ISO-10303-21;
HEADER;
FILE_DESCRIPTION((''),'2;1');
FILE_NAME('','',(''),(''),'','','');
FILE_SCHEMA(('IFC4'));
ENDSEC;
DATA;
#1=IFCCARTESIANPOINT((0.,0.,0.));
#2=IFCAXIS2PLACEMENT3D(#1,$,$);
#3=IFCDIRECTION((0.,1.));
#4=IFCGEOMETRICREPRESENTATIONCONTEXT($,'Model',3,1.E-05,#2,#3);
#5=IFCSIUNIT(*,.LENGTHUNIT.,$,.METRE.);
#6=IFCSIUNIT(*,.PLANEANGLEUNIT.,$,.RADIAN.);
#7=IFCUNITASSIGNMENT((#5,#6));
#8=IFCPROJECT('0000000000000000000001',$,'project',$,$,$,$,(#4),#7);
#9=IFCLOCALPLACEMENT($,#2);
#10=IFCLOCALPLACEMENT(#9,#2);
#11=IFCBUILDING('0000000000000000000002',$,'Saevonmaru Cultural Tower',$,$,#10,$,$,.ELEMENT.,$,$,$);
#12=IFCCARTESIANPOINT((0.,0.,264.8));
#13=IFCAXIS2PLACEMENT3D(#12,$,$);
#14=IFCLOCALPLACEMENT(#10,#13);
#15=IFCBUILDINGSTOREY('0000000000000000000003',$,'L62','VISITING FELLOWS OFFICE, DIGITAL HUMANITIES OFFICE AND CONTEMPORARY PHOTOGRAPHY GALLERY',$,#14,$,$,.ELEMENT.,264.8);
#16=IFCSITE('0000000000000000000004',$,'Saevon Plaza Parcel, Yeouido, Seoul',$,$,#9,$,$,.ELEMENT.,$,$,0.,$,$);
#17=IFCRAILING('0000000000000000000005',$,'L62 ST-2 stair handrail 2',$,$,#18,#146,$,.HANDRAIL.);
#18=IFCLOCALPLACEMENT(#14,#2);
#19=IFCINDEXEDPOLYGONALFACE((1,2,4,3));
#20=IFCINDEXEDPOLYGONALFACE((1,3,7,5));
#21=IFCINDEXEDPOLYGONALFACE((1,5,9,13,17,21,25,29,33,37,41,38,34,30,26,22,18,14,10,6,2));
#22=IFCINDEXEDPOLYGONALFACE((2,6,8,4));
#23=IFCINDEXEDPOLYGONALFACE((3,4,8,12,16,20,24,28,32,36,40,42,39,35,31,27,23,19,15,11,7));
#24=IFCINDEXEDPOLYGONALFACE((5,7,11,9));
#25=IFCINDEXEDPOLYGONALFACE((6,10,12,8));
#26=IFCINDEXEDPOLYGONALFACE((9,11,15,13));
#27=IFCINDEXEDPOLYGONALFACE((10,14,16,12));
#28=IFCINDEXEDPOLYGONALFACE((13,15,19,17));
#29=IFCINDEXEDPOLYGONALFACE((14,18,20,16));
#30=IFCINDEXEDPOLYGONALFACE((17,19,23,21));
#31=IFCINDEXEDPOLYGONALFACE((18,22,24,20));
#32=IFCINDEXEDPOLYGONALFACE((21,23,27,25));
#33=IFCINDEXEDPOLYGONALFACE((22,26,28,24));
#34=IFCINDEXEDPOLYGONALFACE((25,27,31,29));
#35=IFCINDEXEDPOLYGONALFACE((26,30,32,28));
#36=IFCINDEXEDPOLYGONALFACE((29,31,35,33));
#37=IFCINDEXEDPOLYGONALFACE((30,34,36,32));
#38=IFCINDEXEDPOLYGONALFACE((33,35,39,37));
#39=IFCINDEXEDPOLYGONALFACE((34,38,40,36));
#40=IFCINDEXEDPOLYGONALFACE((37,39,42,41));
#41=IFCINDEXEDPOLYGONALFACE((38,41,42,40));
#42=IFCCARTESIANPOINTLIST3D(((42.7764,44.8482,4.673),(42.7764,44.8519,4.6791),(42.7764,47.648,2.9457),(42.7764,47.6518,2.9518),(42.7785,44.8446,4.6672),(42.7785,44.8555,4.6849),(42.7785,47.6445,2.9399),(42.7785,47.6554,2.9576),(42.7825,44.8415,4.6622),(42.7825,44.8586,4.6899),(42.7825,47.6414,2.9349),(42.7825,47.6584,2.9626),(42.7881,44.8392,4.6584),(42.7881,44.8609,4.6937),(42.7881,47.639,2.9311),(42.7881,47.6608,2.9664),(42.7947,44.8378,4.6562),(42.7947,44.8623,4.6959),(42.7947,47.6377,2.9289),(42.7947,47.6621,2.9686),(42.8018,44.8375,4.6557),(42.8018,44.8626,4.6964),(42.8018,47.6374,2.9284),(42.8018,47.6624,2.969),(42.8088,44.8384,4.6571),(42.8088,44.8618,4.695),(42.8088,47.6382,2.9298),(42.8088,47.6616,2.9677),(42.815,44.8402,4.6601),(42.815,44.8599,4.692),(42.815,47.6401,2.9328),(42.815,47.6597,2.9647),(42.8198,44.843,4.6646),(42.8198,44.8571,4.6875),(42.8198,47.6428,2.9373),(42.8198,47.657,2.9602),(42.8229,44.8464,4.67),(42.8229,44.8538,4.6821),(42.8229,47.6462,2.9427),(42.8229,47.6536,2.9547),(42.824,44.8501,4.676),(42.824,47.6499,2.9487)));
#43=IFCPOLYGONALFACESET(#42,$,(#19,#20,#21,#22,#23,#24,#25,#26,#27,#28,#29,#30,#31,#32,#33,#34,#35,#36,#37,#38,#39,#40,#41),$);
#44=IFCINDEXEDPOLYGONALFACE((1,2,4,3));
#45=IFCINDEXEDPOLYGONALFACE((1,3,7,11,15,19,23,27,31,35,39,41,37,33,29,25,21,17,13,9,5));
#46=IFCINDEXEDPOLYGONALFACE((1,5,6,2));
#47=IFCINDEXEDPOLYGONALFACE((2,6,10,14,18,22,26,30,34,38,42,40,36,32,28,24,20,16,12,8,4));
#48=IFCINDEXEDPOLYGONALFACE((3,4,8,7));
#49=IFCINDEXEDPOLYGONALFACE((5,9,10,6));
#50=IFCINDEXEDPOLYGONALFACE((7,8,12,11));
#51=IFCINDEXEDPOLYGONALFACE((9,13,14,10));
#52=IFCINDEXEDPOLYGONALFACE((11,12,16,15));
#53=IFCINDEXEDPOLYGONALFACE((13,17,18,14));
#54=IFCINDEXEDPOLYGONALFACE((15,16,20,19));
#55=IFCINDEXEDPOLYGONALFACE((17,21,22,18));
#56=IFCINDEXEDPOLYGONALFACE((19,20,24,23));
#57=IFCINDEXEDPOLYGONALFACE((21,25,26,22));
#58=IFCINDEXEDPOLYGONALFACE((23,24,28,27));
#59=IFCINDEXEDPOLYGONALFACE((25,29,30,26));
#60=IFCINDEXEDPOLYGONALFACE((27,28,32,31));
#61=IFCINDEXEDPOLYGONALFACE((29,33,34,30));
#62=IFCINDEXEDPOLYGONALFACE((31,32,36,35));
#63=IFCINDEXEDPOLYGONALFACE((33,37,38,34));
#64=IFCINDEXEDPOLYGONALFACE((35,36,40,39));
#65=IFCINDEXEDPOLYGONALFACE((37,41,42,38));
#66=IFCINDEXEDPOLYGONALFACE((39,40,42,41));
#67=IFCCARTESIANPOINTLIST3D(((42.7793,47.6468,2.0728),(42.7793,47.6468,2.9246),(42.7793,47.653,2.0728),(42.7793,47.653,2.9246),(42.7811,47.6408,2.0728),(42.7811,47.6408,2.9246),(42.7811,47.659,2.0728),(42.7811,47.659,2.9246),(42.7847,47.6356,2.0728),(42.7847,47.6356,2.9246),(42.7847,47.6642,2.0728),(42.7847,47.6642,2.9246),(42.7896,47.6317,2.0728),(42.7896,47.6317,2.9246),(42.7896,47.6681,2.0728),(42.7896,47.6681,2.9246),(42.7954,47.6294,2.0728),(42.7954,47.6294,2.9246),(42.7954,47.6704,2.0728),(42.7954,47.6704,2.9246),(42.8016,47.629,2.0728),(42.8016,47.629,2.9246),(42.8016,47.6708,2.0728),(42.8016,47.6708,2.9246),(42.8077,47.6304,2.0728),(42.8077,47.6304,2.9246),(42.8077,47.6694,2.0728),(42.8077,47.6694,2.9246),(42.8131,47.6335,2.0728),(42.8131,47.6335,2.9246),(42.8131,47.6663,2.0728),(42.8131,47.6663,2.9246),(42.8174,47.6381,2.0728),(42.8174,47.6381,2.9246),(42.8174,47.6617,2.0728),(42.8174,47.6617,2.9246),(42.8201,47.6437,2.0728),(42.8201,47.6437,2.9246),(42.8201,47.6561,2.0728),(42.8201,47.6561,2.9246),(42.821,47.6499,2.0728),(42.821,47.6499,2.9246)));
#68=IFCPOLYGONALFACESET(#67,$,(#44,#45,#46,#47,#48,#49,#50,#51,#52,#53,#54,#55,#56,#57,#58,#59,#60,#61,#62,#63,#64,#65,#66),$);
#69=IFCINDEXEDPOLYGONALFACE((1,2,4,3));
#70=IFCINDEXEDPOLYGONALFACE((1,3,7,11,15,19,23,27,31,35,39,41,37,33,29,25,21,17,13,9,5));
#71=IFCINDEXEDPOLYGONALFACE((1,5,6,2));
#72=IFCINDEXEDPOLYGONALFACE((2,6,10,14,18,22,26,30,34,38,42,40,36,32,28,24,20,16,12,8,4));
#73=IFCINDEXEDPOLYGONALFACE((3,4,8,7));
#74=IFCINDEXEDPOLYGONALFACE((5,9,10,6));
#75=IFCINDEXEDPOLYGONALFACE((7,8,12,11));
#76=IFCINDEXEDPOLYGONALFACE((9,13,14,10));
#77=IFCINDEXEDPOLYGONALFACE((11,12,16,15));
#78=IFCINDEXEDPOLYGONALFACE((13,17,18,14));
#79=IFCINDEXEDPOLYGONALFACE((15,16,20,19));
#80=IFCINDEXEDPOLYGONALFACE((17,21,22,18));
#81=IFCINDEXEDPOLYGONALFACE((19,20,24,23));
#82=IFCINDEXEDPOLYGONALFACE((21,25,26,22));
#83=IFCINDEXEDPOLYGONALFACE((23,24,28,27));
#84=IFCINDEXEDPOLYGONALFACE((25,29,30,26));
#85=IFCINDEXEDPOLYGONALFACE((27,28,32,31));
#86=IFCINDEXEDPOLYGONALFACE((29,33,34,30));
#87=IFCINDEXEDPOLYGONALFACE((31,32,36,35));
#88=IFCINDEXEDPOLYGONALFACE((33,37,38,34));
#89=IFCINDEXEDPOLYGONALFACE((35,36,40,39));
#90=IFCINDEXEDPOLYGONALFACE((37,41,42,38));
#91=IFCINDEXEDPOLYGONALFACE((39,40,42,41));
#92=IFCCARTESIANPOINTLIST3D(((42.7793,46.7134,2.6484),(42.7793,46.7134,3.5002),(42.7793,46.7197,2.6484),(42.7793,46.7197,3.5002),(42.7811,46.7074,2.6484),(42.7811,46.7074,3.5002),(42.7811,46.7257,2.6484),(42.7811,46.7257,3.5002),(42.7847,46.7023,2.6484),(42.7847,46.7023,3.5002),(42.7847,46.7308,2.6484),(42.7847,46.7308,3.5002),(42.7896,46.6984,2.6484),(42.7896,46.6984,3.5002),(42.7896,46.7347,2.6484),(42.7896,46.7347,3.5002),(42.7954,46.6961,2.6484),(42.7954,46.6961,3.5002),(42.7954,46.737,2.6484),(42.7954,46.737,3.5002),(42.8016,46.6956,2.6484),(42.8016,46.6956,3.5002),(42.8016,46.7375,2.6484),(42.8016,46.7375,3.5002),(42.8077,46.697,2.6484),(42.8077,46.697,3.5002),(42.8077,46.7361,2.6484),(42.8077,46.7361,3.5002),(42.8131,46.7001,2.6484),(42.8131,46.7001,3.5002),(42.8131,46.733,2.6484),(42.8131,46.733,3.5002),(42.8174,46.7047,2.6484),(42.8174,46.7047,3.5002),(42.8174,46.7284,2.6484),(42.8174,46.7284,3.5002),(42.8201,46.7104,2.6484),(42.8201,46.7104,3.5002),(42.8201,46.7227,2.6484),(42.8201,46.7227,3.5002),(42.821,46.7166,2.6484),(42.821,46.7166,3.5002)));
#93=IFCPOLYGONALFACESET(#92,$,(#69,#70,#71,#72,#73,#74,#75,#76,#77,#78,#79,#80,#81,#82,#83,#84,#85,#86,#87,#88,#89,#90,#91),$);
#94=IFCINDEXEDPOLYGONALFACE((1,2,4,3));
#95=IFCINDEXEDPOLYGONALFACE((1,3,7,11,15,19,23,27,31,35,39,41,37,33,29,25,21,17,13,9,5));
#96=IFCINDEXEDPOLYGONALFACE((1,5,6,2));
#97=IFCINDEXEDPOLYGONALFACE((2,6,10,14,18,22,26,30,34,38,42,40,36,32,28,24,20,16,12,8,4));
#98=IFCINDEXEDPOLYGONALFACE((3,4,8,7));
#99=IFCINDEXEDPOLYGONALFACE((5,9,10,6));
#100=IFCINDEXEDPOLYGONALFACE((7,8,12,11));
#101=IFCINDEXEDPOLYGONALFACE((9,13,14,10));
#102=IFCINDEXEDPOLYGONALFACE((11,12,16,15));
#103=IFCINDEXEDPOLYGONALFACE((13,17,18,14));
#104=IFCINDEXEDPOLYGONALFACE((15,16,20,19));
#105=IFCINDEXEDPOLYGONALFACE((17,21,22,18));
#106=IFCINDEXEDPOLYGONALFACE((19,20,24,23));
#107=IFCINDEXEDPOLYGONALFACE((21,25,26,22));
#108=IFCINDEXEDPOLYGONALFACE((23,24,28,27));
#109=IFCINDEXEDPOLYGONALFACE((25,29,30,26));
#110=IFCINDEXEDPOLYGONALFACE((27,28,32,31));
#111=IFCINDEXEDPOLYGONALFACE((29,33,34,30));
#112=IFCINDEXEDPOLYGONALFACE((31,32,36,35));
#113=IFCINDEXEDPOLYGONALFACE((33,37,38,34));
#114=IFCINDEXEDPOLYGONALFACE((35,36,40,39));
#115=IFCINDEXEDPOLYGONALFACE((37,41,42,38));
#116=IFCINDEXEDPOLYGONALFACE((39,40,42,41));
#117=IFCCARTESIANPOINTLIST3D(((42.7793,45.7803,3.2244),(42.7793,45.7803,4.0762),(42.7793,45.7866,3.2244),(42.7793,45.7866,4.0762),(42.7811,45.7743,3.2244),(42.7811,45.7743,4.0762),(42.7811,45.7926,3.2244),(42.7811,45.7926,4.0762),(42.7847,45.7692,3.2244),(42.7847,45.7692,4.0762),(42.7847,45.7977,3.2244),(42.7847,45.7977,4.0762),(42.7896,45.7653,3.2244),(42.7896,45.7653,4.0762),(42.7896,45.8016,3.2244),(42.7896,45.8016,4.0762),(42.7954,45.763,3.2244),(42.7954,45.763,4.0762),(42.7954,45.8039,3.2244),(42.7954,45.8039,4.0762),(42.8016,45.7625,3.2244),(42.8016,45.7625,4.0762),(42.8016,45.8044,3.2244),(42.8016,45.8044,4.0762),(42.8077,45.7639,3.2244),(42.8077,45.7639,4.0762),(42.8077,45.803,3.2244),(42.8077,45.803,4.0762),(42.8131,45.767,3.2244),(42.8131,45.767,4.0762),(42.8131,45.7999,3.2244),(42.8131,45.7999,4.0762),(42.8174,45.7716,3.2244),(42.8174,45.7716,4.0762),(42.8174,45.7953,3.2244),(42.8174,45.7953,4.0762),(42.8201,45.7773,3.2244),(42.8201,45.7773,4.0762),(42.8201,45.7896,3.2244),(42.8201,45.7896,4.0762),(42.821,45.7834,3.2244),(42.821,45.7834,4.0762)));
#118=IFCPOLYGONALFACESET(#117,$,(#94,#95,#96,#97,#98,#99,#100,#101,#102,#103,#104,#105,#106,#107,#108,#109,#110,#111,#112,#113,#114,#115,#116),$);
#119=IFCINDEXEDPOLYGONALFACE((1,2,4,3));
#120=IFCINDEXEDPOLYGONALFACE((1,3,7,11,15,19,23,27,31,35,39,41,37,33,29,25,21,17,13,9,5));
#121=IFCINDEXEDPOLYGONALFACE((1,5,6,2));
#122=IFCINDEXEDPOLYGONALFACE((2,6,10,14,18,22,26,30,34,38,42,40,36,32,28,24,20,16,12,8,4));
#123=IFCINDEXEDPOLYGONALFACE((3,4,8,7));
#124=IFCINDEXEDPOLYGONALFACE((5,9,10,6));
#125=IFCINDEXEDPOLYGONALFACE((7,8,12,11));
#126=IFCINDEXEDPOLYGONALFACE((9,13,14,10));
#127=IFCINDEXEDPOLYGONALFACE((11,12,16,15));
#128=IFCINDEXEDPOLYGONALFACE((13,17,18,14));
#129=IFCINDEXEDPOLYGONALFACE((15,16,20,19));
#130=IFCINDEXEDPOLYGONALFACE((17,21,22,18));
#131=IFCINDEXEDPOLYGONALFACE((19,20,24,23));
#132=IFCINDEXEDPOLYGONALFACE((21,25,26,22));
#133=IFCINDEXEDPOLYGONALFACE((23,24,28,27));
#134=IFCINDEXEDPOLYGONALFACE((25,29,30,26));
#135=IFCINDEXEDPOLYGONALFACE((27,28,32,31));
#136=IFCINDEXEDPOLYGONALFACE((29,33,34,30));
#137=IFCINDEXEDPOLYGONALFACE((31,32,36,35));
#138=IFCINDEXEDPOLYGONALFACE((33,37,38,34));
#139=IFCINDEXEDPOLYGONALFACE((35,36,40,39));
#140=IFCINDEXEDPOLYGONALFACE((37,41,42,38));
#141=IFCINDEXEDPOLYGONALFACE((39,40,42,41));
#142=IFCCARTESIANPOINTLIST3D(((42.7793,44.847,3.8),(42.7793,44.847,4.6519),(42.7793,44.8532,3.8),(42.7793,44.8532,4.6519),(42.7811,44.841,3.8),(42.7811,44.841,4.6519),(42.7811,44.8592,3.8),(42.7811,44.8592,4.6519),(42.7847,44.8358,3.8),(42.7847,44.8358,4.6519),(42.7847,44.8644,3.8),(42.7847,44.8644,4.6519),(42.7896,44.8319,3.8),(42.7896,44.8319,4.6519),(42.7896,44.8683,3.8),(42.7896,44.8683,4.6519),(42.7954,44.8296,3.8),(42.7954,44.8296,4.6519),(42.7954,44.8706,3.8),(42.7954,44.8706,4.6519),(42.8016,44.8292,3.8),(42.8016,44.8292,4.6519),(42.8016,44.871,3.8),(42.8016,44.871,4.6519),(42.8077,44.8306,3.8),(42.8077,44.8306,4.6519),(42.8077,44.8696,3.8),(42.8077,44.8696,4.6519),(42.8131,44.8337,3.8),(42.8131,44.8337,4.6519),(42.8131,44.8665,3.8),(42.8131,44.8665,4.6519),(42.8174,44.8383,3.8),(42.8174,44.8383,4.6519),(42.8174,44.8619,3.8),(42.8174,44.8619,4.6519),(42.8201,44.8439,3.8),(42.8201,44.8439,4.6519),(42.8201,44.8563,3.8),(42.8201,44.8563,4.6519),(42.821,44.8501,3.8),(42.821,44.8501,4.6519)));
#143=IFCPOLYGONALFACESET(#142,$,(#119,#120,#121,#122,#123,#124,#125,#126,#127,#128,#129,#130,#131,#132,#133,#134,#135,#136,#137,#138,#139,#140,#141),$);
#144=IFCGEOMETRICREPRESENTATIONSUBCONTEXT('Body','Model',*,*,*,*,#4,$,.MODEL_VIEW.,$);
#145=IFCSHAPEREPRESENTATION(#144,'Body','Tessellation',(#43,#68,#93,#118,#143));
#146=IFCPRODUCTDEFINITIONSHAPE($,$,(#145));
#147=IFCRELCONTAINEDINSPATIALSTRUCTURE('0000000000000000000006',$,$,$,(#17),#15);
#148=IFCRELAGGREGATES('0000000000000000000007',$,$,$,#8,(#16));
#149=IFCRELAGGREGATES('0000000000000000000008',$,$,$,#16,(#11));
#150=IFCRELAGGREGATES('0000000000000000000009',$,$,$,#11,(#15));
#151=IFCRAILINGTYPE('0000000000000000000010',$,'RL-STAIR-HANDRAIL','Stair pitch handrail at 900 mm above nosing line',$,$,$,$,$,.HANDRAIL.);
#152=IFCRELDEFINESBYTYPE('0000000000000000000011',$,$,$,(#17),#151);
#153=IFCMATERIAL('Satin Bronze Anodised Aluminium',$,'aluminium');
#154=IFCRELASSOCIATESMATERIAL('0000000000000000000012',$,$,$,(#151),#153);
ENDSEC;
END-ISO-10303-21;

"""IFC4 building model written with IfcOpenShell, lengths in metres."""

from ifc_helpers import new_model, si_unit, direction, frame, origin, origin_2d, place, context, subcontext, project, spatial, circle, extrude, material, type_object, element, save


model = new_model("IFC4")

# Units and contexts
model_context = context("Model", 3, precision=1e-05, world=origin(), true_north=direction((0.0, 1.0)))
body_context = subcontext(model_context, "Body", "Model", "MODEL_VIEW")
ifc_project = project(units=[si_unit("LENGTHUNIT", "METRE"), si_unit("PLANEANGLEUNIT", "RADIAN")], contexts=[model_context])

# Site, building, storey
site_placement = place(None, origin())
site = spatial("IfcSite", under=ifc_project, at=site_placement, Name="Saevon Plaza Parcel, Yeouido, Seoul", CompositionType="ELEMENT", RefElevation=0.0)
building_placement = place(site_placement, origin())
building = spatial("IfcBuilding", under=site, at=building_placement, Name="Saevonmaru Cultural Tower", CompositionType="ELEMENT")
storey_placement = place(building_placement, frame((0.0, 0.0, 264.8)))
storey = spatial("IfcBuildingStorey", under=building, at=storey_placement, Name="L62", Description="VISITING FELLOWS OFFICE, DIGITAL HUMANITIES OFFICE AND CONTEMPORARY PHOTOGRAPHY GALLERY", CompositionType="ELEMENT", Elevation=264.8)

# Shared definitions
ifc_material_1 = material(Name="Satin Bronze Anodised Aluminium", Category="aluminium")

# Railing
railing_type_1 = type_object("IfcRailingType", Name="RL-STAIR-HANDRAIL", Description="Stair pitch handrail at 900 mm above nosing line", PredefinedType="HANDRAIL", material=ifc_material_1)
railing_1_placement = place(storey_placement, frame((42.8, 47.6499, 2.0728)))
element("IfcRailing", 1, at=railing_1_placement, inside=storey, type_object=railing_type_1, Name="L62 ST-2 stair handrail 2", PredefinedType="HANDRAIL", context=body_context, shape_type="SweptSolid", body=[
    extrude(circle(Radius=0.0239, at=origin_2d()), frame((0.0, 0.0, 0.876), z_axis=(0.0, -0.851069, 0.525054), x_axis=(1.0, 0.0, 0.0)), (0.0, 0.0, 1.0), 3.2898),
    extrude(circle(Radius=0.021, at=origin_2d()), origin(), (0.0, 0.0, 1.0), 0.8518),
    extrude(circle(Radius=0.021, at=origin_2d()), frame((0.0, -0.9333, 0.5757)), (0.0, 0.0, 1.0), 0.8518),
    extrude(circle(Radius=0.021, at=origin_2d()), frame((0.0, -1.8665, 1.1516)), (0.0, 0.0, 1.0), 0.8518),
    extrude(circle(Radius=0.021, at=origin_2d()), frame((0.0, -2.7998, 1.7273)), (0.0, 0.0, 1.0), 0.8518),
])

save(model, "model.ifc")
